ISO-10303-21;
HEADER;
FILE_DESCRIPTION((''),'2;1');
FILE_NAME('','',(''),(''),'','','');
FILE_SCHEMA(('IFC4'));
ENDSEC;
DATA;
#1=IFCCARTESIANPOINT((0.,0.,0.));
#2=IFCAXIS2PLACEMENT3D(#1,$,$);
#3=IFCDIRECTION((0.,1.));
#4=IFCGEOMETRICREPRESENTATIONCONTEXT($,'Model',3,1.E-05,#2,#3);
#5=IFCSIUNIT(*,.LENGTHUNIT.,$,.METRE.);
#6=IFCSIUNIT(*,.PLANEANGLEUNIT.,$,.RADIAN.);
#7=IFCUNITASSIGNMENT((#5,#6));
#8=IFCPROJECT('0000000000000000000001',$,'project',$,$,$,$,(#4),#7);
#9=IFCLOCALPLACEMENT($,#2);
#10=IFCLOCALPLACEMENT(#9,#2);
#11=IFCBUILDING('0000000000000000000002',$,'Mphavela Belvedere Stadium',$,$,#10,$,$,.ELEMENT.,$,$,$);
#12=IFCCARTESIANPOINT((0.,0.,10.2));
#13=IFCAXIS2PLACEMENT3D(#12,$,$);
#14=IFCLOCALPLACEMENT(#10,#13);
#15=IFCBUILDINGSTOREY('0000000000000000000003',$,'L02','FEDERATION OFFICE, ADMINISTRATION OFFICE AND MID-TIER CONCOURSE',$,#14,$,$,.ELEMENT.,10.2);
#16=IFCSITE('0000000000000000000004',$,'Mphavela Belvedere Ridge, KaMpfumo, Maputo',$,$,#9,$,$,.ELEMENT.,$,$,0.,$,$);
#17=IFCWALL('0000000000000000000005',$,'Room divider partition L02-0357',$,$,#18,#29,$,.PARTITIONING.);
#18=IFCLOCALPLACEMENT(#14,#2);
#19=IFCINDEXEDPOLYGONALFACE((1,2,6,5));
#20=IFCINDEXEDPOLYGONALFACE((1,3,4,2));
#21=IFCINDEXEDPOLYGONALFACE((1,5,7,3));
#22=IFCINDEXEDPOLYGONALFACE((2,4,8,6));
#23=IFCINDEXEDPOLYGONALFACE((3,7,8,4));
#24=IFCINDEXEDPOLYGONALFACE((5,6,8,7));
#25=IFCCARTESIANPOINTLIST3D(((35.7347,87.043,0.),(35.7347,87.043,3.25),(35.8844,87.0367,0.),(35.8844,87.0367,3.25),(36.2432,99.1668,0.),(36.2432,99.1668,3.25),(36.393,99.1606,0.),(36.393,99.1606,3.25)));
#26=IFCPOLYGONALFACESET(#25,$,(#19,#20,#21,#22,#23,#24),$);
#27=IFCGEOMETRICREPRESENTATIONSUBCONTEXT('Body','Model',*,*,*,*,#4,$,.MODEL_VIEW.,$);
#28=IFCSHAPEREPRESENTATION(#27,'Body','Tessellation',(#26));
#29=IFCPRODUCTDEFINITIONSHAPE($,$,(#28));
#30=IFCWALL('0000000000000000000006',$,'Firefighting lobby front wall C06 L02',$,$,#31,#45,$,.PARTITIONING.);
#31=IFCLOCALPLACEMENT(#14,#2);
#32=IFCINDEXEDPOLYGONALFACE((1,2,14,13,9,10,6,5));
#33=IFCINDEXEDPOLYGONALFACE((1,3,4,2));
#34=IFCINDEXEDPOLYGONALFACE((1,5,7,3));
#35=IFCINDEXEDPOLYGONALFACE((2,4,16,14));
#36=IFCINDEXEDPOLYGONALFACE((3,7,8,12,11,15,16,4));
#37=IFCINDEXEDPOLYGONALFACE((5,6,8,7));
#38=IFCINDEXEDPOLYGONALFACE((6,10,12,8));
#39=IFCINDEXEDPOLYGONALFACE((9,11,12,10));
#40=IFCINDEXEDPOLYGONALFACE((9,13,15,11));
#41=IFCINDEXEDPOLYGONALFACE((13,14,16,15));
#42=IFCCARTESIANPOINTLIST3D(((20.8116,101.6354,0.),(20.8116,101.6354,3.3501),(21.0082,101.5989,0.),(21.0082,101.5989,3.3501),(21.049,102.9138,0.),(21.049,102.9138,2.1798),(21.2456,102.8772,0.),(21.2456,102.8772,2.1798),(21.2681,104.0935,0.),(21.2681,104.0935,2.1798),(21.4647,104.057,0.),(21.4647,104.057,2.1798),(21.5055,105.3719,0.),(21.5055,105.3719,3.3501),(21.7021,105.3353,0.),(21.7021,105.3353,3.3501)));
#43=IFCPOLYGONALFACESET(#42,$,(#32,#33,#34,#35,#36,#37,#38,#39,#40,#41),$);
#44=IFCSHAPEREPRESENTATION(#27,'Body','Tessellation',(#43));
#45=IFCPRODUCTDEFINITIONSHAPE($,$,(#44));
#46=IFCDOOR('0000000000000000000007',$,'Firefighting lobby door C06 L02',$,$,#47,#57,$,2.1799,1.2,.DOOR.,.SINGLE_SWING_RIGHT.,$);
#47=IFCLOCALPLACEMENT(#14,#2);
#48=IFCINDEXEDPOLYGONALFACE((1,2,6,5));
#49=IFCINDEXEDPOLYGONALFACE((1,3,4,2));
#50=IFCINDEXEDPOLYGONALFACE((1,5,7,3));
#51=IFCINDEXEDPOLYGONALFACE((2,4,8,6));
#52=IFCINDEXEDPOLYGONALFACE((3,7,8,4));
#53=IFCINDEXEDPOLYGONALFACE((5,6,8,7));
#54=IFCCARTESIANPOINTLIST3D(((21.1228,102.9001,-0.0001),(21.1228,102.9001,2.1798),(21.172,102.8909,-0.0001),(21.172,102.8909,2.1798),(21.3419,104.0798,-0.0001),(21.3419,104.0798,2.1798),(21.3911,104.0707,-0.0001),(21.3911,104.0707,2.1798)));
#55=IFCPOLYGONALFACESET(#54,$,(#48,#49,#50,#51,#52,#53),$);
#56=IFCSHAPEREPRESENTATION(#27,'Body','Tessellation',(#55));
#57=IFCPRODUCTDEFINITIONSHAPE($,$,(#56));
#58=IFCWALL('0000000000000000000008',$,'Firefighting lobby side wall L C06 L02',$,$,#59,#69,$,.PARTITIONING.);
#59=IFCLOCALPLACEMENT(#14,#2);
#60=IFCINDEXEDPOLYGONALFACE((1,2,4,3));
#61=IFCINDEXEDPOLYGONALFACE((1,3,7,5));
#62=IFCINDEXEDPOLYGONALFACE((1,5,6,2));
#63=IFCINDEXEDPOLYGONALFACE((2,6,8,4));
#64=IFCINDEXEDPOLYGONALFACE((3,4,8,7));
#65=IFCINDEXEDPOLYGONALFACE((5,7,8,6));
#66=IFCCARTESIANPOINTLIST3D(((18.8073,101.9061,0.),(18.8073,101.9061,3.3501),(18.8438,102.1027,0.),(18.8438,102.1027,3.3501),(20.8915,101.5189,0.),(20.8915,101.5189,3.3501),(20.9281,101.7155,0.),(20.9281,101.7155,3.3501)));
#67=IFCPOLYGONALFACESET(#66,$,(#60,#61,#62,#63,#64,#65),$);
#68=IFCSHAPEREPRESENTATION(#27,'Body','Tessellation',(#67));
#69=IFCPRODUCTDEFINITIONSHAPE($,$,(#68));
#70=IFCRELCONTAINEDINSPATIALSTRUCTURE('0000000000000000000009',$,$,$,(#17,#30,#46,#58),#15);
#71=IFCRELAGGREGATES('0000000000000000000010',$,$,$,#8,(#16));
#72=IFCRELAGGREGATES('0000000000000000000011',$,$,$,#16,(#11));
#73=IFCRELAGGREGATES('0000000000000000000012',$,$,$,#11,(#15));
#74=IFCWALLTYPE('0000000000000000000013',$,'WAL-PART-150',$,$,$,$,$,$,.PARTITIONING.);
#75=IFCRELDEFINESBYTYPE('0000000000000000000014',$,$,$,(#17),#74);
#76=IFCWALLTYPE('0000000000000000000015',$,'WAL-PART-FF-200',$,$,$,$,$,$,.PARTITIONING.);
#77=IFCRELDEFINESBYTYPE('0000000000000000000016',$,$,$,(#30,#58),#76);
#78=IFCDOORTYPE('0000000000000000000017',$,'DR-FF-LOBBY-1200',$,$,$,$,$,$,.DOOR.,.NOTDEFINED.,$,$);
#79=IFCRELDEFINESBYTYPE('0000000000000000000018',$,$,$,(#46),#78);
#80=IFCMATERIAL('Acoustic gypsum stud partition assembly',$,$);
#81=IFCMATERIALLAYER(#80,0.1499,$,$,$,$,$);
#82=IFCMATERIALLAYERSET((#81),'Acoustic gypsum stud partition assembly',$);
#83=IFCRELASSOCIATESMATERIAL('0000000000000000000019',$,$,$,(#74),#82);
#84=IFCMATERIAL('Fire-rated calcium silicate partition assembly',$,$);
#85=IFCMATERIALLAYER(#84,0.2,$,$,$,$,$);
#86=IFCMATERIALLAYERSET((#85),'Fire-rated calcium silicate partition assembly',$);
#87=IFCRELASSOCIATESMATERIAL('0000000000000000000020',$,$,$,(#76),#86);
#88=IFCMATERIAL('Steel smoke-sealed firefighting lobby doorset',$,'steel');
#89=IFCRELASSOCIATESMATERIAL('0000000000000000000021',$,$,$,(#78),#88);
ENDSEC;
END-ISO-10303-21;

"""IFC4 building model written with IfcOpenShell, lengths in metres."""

from ifc_helpers import new_model, si_unit, direction, frame, frame_2d, origin, place, context, subcontext, project, spatial, rectangle, extrude, material, layer, layer_set, type_object, element, fill, save


model = new_model("IFC4")

# Units and contexts
model_context = context("Model", 3, precision=1e-05, world=origin(), true_north=direction((0.0, 1.0)))
body_context = subcontext(model_context, "Body", "Model", "MODEL_VIEW")
ifc_project = project(units=[si_unit("LENGTHUNIT", "METRE"), si_unit("PLANEANGLEUNIT", "RADIAN")], contexts=[model_context])

# Site, building, storey
site_placement = place(None, origin())
site = spatial("IfcSite", under=ifc_project, at=site_placement, Name="Mphavela Belvedere Ridge, KaMpfumo, Maputo", CompositionType="ELEMENT", RefElevation=0.0)
building_placement = place(site_placement, origin())
building = spatial("IfcBuilding", under=site, at=building_placement, Name="Mphavela Belvedere Stadium", CompositionType="ELEMENT")
storey_placement = place(building_placement, frame((0.0, 0.0, 10.2)))
storey = spatial("IfcBuildingStorey", under=building, at=storey_placement, Name="L02", Description="FEDERATION OFFICE, ADMINISTRATION OFFICE AND MID-TIER CONCOURSE", CompositionType="ELEMENT", Elevation=10.2)

# Shared definitions
ifc_material_1 = material(Name="Acoustic gypsum stud partition assembly")
ifc_layer_1 = layer(ifc_material_1, 0.1499)
ifc_layer_set_1 = layer_set([ifc_layer_1], Name="Acoustic gypsum stud partition assembly")
wall_type_1 = type_object("IfcWallType", Name="WAL-PART-150", PredefinedType="PARTITIONING", material=ifc_layer_set_1)

# Wall
wall_1_placement = place(storey_placement, frame((36.3181, 99.1638, 0.0), z_axis=(0.0, 0.0, 1.0), x_axis=(-0.041909, -0.999121, 0.0)))
element("IfcWall", 1, at=wall_1_placement, inside=storey, type_object=wall_type_1, Name="Room divider partition L02-0357", PredefinedType="PARTITIONING", context=body_context, shape_type="SweptSolid", body=[
    extrude(rectangle(XDim=12.1345, YDim=0.1499, at=frame_2d((6.0674, 0.0))), origin(), (0.0, 0.0, 1.0), 3.25),
])

# Wall, opening, door
ifc_material_2 = material(Name="Fire-rated calcium silicate partition assembly")
ifc_layer_2 = layer(ifc_material_2, 0.2)
ifc_layer_set_2 = layer_set([ifc_layer_2], Name="Fire-rated calcium silicate partition assembly")
wall_type_2 = type_object("IfcWallType", Name="WAL-PART-FF-200", PredefinedType="PARTITIONING", material=ifc_layer_set_2)
wall_2_placement = place(storey_placement, frame((20.9099, 101.6172, 0.0), z_axis=(0.0, 0.0, 1.0), x_axis=(0.182582, 0.983191, 0.0)))
wall_2 = element("IfcWall", 2, at=wall_2_placement, inside=storey, type_object=wall_type_2, Name="Firefighting lobby front wall C06 L02", PredefinedType="PARTITIONING", context=body_context, shape_type="SweptSolid", body=[
    extrude(rectangle(XDim=3.8003, YDim=0.2, at=frame_2d((1.9001, 0.0))), origin(), (0.0, 0.0, 1.0), 3.3501),
])
opening_1_placement = place(wall_2_placement, frame((1.3, 0.0, 0.0)))
opening_1 = element("IfcOpeningElement", 3, at=opening_1_placement, cuts=wall_2, PredefinedType="OPENING", context=body_context, shape_type="SweptSolid", body=[
    extrude(rectangle(XDim=1.2, YDim=2.1799, at=frame_2d((0.6001, 1.0898))), frame((0.0, 0.1099, 0.0), z_axis=(0.0, -1.0, 0.0), x_axis=(1.0, 0.0, 0.0)), (0.0, 0.0, 1.0), 0.22),
])
ifc_material_3 = material(Name="Steel smoke-sealed firefighting lobby doorset", Category="steel")
door_type_1 = type_object("IfcDoorType", Name="DR-FF-LOBBY-1200", OperationType="NOTDEFINED", PredefinedType="DOOR", material=ifc_material_3)
door_1_placement = place(opening_1_placement, origin())
door_1 = element("IfcDoor", 4, at=door_1_placement, inside=storey, type_object=door_type_1, Name="Firefighting lobby door C06 L02", OperationType="SINGLE_SWING_RIGHT", OverallHeight=2.1799, OverallWidth=1.2, PredefinedType="DOOR", context=body_context, shape_type="SweptSolid", body=[
    extrude(rectangle(XDim=1.2, YDim=2.1799, at=frame_2d((0.6001, 1.0898))), frame((0.0, 0.0249, 0.0), z_axis=(0.0, -1.0, 0.0), x_axis=(1.0, 0.0, 0.0)), (0.0, 0.0, 1.0), 0.05),
])
fill(opening_1, door_1)

# Wall
wall_3_placement = place(storey_placement, frame((20.9099, 101.6172, 0.0), z_axis=(0.0, 0.0, 1.0), x_axis=(-0.983177, 0.182654, 0.0)))
element("IfcWall", 5, at=wall_3_placement, inside=storey, type_object=wall_type_2, Name="Firefighting lobby side wall L C06 L02", PredefinedType="PARTITIONING", context=body_context, shape_type="SweptSolid", body=[
    extrude(rectangle(XDim=2.1199, YDim=0.2, at=frame_2d((1.0601, 0.0))), origin(), (0.0, 0.0, 1.0), 3.3501),
])

save(model, "model.ifc")
